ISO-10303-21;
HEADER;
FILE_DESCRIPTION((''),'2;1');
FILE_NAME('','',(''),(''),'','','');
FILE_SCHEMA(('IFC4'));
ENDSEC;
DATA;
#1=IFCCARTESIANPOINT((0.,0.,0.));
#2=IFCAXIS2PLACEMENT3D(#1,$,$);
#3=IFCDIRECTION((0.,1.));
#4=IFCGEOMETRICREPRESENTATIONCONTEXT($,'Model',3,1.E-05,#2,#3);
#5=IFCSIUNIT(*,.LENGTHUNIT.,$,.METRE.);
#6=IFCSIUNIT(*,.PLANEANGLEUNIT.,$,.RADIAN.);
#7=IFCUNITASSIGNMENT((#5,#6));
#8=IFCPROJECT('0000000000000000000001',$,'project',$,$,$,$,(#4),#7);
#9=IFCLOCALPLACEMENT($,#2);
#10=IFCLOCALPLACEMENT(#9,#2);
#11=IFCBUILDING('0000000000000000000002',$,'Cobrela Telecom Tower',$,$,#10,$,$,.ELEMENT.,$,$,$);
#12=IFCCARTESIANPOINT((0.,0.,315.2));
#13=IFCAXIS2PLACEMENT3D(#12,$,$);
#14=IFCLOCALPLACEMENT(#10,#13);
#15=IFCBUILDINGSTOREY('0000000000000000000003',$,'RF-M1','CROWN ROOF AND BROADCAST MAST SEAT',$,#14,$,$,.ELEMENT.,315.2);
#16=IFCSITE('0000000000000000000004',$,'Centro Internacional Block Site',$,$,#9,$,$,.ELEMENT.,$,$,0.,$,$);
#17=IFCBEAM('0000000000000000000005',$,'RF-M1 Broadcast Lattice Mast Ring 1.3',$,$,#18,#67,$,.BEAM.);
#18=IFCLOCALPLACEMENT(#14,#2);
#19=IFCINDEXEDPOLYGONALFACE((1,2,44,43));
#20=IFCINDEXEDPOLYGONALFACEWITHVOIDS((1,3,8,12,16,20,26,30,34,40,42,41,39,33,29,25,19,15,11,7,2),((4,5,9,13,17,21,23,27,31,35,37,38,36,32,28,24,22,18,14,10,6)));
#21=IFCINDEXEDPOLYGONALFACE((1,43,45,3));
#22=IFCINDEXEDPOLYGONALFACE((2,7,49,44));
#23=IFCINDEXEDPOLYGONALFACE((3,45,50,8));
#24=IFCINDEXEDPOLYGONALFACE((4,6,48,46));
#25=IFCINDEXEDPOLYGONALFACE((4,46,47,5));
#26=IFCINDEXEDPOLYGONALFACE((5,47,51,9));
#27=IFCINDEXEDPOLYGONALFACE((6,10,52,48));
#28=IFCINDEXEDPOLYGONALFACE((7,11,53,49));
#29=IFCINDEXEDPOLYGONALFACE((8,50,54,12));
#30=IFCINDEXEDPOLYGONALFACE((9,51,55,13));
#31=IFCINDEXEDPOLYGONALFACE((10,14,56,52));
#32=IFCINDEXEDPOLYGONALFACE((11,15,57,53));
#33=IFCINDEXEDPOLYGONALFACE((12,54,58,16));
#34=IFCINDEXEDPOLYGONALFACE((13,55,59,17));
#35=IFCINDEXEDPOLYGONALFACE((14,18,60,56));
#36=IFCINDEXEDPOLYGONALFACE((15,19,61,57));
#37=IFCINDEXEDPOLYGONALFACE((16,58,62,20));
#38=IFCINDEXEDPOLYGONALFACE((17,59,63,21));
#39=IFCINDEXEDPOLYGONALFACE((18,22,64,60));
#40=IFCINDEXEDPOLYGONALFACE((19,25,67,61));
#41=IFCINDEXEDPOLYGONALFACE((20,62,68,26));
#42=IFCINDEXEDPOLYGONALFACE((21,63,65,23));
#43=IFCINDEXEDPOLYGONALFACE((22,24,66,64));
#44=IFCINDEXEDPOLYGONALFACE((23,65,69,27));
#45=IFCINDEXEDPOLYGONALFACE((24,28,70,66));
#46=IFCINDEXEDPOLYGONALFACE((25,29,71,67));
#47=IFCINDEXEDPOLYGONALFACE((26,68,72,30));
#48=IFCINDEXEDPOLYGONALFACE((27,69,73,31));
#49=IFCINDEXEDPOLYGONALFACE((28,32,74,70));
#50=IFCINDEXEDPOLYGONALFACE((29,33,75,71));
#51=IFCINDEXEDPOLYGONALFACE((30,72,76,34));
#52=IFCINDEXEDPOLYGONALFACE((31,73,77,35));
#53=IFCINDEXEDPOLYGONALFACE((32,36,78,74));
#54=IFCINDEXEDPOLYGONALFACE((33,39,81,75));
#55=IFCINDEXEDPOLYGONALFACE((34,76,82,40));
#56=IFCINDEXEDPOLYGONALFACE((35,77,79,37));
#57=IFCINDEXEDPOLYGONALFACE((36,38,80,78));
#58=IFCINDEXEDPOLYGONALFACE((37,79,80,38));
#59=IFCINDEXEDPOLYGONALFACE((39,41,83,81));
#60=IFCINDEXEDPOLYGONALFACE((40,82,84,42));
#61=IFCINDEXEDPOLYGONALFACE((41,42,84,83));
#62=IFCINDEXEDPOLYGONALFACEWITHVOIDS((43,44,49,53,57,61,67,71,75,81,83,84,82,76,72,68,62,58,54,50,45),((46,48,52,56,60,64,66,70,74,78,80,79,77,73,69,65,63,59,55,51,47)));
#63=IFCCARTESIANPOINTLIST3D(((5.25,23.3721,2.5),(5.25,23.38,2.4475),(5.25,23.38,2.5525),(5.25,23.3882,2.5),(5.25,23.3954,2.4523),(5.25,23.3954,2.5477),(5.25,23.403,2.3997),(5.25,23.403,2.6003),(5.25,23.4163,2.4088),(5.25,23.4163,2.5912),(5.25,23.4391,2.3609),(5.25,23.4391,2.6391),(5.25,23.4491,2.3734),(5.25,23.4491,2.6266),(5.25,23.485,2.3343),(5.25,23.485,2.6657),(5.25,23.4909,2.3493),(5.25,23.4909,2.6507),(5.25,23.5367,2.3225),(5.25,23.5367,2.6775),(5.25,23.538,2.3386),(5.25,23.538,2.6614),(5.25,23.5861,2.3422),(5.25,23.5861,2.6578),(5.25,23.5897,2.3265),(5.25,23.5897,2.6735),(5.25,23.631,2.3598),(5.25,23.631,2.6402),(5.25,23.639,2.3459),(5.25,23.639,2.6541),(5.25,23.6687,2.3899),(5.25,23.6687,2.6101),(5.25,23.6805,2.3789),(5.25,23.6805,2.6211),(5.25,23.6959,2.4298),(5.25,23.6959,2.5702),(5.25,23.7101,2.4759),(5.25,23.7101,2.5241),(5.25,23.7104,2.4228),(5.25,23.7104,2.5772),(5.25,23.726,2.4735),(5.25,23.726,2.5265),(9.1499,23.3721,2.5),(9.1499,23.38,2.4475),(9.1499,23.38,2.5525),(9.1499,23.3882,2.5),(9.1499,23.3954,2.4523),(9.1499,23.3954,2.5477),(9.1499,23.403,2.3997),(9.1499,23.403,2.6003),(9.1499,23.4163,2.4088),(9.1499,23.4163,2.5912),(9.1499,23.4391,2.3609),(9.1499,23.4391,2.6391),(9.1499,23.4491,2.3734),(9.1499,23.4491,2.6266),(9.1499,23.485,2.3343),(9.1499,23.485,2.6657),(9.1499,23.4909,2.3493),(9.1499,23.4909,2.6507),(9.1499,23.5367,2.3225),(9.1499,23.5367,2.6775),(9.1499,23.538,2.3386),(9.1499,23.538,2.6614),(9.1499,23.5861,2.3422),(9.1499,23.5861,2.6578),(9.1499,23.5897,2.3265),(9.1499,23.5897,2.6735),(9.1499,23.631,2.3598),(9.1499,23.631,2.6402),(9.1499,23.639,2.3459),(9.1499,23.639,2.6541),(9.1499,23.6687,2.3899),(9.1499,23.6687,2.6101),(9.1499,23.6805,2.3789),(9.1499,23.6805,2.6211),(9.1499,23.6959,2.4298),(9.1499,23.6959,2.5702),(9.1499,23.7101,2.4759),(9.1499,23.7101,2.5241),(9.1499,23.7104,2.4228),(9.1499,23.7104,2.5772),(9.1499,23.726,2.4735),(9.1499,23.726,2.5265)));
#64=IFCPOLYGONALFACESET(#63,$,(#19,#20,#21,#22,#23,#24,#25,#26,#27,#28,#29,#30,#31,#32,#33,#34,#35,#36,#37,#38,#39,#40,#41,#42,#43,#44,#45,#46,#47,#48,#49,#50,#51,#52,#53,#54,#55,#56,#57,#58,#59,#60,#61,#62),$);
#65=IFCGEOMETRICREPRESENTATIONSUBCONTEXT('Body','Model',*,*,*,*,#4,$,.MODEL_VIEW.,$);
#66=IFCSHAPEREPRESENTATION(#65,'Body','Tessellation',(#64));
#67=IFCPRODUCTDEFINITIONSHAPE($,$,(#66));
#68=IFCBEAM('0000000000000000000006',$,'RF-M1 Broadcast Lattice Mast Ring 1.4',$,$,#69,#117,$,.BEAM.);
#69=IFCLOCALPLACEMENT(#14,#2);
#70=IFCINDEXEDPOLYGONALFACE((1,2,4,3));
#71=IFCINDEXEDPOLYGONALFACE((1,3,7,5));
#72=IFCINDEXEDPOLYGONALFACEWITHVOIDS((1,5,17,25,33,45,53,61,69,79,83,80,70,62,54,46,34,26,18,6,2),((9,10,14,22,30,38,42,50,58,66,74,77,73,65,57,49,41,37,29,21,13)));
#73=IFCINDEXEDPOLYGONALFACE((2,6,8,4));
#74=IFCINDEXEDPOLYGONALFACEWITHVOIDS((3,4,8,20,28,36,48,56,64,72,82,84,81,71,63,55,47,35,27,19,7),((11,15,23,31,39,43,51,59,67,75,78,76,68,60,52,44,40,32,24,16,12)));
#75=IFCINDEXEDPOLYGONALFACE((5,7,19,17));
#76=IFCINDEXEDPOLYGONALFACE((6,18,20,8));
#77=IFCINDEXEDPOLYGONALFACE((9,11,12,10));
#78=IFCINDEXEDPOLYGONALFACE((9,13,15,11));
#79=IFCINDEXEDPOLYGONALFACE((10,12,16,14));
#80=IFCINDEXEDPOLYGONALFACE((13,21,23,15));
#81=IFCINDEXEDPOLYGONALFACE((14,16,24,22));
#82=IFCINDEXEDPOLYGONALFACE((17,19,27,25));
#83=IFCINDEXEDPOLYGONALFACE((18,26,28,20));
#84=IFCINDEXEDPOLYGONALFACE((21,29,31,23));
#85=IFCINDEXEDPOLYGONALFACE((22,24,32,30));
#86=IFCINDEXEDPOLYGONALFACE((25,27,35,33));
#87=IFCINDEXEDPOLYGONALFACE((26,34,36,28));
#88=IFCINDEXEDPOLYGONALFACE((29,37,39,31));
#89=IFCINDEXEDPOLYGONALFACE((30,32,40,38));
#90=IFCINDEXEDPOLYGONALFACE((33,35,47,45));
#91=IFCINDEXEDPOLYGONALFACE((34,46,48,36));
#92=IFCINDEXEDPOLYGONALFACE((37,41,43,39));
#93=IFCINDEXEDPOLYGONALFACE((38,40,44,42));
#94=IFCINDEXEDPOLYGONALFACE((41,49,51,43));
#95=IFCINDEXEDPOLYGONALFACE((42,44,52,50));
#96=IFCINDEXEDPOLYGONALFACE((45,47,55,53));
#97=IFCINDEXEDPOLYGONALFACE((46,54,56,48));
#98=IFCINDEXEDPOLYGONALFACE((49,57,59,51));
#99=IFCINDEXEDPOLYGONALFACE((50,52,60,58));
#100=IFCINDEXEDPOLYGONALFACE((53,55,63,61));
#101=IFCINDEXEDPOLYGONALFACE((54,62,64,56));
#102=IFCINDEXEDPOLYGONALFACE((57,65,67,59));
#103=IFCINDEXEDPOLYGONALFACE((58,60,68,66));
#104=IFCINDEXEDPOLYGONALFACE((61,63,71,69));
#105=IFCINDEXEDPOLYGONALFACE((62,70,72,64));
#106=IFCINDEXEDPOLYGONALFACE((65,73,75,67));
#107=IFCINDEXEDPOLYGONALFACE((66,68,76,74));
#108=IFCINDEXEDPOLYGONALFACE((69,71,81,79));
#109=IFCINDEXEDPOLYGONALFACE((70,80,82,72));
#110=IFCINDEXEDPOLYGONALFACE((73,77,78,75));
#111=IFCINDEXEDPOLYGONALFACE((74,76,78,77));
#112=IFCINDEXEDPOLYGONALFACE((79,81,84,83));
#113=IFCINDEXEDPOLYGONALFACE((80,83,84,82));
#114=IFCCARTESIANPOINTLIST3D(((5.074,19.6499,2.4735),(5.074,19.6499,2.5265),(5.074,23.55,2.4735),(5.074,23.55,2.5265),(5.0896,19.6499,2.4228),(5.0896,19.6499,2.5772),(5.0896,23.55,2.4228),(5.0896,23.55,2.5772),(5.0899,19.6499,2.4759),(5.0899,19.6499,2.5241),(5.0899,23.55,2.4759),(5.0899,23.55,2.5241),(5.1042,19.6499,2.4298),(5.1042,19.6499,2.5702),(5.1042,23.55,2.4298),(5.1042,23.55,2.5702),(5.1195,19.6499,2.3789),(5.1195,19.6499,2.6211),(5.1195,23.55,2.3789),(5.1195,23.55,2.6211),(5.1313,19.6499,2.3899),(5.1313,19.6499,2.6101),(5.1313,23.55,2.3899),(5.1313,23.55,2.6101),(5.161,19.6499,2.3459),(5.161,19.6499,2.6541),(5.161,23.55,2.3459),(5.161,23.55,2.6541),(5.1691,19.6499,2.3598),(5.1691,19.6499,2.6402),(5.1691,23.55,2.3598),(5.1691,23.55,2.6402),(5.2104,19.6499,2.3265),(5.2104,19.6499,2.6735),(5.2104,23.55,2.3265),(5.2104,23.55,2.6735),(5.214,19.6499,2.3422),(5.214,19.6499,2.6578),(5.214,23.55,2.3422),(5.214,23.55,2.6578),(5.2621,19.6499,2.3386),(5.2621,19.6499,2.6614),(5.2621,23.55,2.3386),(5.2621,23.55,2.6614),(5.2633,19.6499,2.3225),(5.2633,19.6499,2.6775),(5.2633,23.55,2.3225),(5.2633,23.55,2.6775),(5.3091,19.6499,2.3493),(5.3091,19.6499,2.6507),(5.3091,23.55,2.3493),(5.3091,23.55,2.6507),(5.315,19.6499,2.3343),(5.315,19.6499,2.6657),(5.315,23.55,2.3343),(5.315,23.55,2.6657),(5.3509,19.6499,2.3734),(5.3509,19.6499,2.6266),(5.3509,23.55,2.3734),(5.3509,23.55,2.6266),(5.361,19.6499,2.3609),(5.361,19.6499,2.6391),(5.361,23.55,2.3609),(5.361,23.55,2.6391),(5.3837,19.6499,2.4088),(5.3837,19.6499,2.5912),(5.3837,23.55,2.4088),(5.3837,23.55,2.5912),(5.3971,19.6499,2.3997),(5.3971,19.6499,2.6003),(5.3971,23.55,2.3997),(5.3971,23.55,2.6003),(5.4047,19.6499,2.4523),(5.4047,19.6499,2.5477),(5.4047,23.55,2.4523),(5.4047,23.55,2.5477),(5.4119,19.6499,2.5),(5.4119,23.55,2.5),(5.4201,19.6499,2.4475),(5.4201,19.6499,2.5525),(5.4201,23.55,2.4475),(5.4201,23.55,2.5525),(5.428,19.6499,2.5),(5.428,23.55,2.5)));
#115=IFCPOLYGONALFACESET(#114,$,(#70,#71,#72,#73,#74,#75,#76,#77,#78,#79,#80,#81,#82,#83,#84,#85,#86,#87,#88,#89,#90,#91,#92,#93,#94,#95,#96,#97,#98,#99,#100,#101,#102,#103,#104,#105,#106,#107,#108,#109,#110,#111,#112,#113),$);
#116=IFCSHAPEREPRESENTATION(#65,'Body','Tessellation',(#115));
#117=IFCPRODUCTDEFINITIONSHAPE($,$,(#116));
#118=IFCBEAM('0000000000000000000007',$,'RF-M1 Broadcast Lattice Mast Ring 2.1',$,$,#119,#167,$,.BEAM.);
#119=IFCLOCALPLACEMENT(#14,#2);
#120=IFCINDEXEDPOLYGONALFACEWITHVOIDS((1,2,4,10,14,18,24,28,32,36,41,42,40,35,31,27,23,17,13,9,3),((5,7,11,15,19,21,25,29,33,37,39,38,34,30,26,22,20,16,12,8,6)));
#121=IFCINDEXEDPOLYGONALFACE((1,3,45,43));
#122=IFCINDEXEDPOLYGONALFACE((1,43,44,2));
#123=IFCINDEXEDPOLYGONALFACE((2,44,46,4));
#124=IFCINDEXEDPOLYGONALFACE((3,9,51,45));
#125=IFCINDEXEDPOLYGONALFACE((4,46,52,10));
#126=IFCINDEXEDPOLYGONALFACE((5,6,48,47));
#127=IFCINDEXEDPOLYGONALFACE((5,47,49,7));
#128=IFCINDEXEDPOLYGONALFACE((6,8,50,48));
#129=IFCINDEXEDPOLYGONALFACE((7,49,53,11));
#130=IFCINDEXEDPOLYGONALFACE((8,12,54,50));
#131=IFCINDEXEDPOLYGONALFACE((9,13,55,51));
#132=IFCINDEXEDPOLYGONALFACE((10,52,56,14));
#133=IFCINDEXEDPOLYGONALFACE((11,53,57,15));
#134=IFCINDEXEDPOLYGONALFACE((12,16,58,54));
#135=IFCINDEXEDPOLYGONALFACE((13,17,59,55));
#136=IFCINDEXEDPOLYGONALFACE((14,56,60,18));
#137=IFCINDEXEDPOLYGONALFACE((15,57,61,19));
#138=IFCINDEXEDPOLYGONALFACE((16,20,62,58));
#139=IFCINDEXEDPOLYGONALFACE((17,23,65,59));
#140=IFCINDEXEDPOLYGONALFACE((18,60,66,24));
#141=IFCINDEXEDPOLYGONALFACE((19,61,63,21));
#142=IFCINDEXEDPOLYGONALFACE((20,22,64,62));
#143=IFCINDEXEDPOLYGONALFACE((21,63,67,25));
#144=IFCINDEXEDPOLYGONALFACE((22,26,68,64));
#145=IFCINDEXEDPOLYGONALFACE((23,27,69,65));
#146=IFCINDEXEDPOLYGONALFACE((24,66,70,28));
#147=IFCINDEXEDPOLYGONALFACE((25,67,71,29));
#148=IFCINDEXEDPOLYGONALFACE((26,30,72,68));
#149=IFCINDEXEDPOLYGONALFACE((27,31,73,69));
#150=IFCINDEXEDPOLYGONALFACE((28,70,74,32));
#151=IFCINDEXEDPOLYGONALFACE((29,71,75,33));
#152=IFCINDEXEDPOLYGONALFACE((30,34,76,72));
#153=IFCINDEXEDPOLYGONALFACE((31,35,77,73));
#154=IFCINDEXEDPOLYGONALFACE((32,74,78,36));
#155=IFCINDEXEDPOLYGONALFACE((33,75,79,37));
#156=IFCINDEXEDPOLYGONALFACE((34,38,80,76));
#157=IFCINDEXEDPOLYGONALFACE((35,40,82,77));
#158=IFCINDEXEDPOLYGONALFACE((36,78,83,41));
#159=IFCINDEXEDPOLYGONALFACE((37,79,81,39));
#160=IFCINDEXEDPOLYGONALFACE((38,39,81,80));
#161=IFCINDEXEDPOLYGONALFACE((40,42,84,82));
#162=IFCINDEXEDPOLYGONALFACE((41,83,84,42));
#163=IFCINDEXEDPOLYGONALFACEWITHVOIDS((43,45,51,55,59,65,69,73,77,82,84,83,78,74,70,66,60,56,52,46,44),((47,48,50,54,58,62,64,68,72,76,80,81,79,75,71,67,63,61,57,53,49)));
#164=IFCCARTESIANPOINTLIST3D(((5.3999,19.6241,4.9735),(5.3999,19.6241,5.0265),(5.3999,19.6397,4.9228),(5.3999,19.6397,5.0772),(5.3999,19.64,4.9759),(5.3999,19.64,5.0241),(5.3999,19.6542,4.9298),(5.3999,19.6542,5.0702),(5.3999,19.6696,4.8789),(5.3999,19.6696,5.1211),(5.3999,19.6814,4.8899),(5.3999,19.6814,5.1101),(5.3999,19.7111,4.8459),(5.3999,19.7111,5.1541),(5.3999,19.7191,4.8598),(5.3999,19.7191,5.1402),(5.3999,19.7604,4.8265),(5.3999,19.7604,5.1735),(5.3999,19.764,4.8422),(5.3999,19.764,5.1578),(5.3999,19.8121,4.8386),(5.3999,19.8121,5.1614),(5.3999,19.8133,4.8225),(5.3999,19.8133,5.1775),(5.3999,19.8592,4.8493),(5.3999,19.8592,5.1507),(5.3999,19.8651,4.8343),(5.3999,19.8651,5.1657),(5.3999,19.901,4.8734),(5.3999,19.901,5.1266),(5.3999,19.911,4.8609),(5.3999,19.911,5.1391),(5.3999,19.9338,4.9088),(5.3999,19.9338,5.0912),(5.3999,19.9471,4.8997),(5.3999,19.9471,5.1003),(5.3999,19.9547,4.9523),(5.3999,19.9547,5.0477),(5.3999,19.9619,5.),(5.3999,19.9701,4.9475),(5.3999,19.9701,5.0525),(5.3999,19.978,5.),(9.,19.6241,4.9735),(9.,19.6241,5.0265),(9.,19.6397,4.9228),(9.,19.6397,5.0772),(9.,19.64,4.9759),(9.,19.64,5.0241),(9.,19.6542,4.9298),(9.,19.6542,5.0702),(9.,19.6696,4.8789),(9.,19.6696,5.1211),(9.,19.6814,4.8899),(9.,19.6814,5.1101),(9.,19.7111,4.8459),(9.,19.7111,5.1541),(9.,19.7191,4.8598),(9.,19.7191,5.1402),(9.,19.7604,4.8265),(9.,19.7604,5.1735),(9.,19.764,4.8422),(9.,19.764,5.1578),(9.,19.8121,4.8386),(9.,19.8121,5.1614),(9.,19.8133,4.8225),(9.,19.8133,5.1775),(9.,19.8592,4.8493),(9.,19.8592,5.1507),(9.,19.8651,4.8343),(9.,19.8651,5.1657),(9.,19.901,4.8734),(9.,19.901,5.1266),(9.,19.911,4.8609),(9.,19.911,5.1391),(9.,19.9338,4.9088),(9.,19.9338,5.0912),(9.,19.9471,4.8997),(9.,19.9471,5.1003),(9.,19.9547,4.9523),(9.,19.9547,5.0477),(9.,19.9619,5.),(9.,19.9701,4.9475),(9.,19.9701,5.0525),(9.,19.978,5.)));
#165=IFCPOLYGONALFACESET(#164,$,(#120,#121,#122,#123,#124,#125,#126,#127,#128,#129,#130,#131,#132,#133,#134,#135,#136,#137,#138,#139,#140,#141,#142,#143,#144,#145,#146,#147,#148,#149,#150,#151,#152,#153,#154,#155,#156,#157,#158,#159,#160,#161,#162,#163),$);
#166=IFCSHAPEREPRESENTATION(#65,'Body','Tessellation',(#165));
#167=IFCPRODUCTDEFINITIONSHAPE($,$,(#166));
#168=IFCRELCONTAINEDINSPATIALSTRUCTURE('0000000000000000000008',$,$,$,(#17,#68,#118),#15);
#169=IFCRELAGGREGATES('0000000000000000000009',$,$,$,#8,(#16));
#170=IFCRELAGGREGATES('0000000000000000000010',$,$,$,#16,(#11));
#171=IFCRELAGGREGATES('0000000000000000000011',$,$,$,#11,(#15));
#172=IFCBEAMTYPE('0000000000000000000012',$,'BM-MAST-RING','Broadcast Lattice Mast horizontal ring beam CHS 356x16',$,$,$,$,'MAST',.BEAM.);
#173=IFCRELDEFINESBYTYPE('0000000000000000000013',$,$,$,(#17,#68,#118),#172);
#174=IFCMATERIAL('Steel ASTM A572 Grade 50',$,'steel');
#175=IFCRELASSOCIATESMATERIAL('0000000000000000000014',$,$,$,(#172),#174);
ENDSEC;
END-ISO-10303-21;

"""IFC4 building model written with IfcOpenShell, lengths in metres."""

from ifc_helpers import new_model, si_unit, direction, frame, origin, origin_2d, place, context, subcontext, project, spatial, hollow_circle, extrude, material, material_profile, profile_set, type_object, element, save


model = new_model("IFC4")

# Units and contexts
model_context = context("Model", 3, precision=1e-05, world=origin(), true_north=direction((0.0, 1.0)))
body_context = subcontext(model_context, "Body", "Model", "MODEL_VIEW")
ifc_project = project(units=[si_unit("LENGTHUNIT", "METRE"), si_unit("PLANEANGLEUNIT", "RADIAN")], contexts=[model_context])

# Site, building, storey
site_placement = place(None, origin())
site = spatial("IfcSite", under=ifc_project, at=site_placement, Name="Centro Internacional Block Site", CompositionType="ELEMENT", RefElevation=0.0)
building_placement = place(site_placement, origin())
building = spatial("IfcBuilding", under=site, at=building_placement, Name="Cobrela Telecom Tower", CompositionType="ELEMENT")
storey_placement = place(building_placement, frame((0.0, 0.0, 315.2)))
storey = spatial("IfcBuildingStorey", under=building, at=storey_placement, Name="RF-M1", Description="CROWN ROOF AND BROADCAST MAST SEAT", CompositionType="ELEMENT", Elevation=315.2)

# Shared definitions
ifc_material = material(Name="Steel ASTM A572 Grade 50", Category="steel")

# Beams
ifc_material_profile_1 = material_profile(ifc_material, hollow_circle(Radius=0.178, WallThickness=0.0161, at=origin_2d()), Name="CHS 356x16")
ifc_profile_set_1 = profile_set([ifc_material_profile_1], Name="Steel ASTM A572 Grade 50")
beam_type = type_object("IfcBeamType", Name="BM-MAST-RING", Description="Broadcast Lattice Mast horizontal ring beam CHS 356x16", ElementType="MAST", PredefinedType="BEAM", material=ifc_profile_set_1)
beam_1_placement = place(storey_placement, frame((9.1499, 23.55, 2.5), z_axis=(-1.0, 0.0, 0.0), x_axis=(0.0, -1.0, 0.0)))
element("IfcBeam", 1, at=beam_1_placement, inside=storey, type_object=beam_type, Name="RF-M1 Broadcast Lattice Mast Ring 1.3", PredefinedType="BEAM", context=body_context, shape_type="SweptSolid", body=[
    extrude(hollow_circle(Radius=0.178, WallThickness=0.0161, at=origin_2d()), origin(), (0.0, 0.0, 1.0), 3.8999),
])
beam_2_placement = place(storey_placement, frame((5.25, 23.55, 2.5), z_axis=(0.0, -1.0, 0.0), x_axis=(1.0, 0.0, 0.0)))
element("IfcBeam", 2, at=beam_2_placement, inside=storey, type_object=beam_type, Name="RF-M1 Broadcast Lattice Mast Ring 1.4", PredefinedType="BEAM", context=body_context, shape_type="SweptSolid", body=[
    extrude(hollow_circle(Radius=0.178, WallThickness=0.0161, at=origin_2d()), origin(), (0.0, 0.0, 1.0), 3.9001),
])
beam_3_placement = place(storey_placement, frame((5.3999, 19.8, 5.0), z_axis=(1.0, 0.0, 0.0), x_axis=(0.0, 1.0, 0.0)))
element("IfcBeam", 3, at=beam_3_placement, inside=storey, type_object=beam_type, Name="RF-M1 Broadcast Lattice Mast Ring 2.1", PredefinedType="BEAM", context=body_context, shape_type="SweptSolid", body=[
    extrude(hollow_circle(Radius=0.178, WallThickness=0.0161, at=origin_2d()), origin(), (0.0, 0.0, 1.0), 3.6001),
])

save(model, "model.ifc")
